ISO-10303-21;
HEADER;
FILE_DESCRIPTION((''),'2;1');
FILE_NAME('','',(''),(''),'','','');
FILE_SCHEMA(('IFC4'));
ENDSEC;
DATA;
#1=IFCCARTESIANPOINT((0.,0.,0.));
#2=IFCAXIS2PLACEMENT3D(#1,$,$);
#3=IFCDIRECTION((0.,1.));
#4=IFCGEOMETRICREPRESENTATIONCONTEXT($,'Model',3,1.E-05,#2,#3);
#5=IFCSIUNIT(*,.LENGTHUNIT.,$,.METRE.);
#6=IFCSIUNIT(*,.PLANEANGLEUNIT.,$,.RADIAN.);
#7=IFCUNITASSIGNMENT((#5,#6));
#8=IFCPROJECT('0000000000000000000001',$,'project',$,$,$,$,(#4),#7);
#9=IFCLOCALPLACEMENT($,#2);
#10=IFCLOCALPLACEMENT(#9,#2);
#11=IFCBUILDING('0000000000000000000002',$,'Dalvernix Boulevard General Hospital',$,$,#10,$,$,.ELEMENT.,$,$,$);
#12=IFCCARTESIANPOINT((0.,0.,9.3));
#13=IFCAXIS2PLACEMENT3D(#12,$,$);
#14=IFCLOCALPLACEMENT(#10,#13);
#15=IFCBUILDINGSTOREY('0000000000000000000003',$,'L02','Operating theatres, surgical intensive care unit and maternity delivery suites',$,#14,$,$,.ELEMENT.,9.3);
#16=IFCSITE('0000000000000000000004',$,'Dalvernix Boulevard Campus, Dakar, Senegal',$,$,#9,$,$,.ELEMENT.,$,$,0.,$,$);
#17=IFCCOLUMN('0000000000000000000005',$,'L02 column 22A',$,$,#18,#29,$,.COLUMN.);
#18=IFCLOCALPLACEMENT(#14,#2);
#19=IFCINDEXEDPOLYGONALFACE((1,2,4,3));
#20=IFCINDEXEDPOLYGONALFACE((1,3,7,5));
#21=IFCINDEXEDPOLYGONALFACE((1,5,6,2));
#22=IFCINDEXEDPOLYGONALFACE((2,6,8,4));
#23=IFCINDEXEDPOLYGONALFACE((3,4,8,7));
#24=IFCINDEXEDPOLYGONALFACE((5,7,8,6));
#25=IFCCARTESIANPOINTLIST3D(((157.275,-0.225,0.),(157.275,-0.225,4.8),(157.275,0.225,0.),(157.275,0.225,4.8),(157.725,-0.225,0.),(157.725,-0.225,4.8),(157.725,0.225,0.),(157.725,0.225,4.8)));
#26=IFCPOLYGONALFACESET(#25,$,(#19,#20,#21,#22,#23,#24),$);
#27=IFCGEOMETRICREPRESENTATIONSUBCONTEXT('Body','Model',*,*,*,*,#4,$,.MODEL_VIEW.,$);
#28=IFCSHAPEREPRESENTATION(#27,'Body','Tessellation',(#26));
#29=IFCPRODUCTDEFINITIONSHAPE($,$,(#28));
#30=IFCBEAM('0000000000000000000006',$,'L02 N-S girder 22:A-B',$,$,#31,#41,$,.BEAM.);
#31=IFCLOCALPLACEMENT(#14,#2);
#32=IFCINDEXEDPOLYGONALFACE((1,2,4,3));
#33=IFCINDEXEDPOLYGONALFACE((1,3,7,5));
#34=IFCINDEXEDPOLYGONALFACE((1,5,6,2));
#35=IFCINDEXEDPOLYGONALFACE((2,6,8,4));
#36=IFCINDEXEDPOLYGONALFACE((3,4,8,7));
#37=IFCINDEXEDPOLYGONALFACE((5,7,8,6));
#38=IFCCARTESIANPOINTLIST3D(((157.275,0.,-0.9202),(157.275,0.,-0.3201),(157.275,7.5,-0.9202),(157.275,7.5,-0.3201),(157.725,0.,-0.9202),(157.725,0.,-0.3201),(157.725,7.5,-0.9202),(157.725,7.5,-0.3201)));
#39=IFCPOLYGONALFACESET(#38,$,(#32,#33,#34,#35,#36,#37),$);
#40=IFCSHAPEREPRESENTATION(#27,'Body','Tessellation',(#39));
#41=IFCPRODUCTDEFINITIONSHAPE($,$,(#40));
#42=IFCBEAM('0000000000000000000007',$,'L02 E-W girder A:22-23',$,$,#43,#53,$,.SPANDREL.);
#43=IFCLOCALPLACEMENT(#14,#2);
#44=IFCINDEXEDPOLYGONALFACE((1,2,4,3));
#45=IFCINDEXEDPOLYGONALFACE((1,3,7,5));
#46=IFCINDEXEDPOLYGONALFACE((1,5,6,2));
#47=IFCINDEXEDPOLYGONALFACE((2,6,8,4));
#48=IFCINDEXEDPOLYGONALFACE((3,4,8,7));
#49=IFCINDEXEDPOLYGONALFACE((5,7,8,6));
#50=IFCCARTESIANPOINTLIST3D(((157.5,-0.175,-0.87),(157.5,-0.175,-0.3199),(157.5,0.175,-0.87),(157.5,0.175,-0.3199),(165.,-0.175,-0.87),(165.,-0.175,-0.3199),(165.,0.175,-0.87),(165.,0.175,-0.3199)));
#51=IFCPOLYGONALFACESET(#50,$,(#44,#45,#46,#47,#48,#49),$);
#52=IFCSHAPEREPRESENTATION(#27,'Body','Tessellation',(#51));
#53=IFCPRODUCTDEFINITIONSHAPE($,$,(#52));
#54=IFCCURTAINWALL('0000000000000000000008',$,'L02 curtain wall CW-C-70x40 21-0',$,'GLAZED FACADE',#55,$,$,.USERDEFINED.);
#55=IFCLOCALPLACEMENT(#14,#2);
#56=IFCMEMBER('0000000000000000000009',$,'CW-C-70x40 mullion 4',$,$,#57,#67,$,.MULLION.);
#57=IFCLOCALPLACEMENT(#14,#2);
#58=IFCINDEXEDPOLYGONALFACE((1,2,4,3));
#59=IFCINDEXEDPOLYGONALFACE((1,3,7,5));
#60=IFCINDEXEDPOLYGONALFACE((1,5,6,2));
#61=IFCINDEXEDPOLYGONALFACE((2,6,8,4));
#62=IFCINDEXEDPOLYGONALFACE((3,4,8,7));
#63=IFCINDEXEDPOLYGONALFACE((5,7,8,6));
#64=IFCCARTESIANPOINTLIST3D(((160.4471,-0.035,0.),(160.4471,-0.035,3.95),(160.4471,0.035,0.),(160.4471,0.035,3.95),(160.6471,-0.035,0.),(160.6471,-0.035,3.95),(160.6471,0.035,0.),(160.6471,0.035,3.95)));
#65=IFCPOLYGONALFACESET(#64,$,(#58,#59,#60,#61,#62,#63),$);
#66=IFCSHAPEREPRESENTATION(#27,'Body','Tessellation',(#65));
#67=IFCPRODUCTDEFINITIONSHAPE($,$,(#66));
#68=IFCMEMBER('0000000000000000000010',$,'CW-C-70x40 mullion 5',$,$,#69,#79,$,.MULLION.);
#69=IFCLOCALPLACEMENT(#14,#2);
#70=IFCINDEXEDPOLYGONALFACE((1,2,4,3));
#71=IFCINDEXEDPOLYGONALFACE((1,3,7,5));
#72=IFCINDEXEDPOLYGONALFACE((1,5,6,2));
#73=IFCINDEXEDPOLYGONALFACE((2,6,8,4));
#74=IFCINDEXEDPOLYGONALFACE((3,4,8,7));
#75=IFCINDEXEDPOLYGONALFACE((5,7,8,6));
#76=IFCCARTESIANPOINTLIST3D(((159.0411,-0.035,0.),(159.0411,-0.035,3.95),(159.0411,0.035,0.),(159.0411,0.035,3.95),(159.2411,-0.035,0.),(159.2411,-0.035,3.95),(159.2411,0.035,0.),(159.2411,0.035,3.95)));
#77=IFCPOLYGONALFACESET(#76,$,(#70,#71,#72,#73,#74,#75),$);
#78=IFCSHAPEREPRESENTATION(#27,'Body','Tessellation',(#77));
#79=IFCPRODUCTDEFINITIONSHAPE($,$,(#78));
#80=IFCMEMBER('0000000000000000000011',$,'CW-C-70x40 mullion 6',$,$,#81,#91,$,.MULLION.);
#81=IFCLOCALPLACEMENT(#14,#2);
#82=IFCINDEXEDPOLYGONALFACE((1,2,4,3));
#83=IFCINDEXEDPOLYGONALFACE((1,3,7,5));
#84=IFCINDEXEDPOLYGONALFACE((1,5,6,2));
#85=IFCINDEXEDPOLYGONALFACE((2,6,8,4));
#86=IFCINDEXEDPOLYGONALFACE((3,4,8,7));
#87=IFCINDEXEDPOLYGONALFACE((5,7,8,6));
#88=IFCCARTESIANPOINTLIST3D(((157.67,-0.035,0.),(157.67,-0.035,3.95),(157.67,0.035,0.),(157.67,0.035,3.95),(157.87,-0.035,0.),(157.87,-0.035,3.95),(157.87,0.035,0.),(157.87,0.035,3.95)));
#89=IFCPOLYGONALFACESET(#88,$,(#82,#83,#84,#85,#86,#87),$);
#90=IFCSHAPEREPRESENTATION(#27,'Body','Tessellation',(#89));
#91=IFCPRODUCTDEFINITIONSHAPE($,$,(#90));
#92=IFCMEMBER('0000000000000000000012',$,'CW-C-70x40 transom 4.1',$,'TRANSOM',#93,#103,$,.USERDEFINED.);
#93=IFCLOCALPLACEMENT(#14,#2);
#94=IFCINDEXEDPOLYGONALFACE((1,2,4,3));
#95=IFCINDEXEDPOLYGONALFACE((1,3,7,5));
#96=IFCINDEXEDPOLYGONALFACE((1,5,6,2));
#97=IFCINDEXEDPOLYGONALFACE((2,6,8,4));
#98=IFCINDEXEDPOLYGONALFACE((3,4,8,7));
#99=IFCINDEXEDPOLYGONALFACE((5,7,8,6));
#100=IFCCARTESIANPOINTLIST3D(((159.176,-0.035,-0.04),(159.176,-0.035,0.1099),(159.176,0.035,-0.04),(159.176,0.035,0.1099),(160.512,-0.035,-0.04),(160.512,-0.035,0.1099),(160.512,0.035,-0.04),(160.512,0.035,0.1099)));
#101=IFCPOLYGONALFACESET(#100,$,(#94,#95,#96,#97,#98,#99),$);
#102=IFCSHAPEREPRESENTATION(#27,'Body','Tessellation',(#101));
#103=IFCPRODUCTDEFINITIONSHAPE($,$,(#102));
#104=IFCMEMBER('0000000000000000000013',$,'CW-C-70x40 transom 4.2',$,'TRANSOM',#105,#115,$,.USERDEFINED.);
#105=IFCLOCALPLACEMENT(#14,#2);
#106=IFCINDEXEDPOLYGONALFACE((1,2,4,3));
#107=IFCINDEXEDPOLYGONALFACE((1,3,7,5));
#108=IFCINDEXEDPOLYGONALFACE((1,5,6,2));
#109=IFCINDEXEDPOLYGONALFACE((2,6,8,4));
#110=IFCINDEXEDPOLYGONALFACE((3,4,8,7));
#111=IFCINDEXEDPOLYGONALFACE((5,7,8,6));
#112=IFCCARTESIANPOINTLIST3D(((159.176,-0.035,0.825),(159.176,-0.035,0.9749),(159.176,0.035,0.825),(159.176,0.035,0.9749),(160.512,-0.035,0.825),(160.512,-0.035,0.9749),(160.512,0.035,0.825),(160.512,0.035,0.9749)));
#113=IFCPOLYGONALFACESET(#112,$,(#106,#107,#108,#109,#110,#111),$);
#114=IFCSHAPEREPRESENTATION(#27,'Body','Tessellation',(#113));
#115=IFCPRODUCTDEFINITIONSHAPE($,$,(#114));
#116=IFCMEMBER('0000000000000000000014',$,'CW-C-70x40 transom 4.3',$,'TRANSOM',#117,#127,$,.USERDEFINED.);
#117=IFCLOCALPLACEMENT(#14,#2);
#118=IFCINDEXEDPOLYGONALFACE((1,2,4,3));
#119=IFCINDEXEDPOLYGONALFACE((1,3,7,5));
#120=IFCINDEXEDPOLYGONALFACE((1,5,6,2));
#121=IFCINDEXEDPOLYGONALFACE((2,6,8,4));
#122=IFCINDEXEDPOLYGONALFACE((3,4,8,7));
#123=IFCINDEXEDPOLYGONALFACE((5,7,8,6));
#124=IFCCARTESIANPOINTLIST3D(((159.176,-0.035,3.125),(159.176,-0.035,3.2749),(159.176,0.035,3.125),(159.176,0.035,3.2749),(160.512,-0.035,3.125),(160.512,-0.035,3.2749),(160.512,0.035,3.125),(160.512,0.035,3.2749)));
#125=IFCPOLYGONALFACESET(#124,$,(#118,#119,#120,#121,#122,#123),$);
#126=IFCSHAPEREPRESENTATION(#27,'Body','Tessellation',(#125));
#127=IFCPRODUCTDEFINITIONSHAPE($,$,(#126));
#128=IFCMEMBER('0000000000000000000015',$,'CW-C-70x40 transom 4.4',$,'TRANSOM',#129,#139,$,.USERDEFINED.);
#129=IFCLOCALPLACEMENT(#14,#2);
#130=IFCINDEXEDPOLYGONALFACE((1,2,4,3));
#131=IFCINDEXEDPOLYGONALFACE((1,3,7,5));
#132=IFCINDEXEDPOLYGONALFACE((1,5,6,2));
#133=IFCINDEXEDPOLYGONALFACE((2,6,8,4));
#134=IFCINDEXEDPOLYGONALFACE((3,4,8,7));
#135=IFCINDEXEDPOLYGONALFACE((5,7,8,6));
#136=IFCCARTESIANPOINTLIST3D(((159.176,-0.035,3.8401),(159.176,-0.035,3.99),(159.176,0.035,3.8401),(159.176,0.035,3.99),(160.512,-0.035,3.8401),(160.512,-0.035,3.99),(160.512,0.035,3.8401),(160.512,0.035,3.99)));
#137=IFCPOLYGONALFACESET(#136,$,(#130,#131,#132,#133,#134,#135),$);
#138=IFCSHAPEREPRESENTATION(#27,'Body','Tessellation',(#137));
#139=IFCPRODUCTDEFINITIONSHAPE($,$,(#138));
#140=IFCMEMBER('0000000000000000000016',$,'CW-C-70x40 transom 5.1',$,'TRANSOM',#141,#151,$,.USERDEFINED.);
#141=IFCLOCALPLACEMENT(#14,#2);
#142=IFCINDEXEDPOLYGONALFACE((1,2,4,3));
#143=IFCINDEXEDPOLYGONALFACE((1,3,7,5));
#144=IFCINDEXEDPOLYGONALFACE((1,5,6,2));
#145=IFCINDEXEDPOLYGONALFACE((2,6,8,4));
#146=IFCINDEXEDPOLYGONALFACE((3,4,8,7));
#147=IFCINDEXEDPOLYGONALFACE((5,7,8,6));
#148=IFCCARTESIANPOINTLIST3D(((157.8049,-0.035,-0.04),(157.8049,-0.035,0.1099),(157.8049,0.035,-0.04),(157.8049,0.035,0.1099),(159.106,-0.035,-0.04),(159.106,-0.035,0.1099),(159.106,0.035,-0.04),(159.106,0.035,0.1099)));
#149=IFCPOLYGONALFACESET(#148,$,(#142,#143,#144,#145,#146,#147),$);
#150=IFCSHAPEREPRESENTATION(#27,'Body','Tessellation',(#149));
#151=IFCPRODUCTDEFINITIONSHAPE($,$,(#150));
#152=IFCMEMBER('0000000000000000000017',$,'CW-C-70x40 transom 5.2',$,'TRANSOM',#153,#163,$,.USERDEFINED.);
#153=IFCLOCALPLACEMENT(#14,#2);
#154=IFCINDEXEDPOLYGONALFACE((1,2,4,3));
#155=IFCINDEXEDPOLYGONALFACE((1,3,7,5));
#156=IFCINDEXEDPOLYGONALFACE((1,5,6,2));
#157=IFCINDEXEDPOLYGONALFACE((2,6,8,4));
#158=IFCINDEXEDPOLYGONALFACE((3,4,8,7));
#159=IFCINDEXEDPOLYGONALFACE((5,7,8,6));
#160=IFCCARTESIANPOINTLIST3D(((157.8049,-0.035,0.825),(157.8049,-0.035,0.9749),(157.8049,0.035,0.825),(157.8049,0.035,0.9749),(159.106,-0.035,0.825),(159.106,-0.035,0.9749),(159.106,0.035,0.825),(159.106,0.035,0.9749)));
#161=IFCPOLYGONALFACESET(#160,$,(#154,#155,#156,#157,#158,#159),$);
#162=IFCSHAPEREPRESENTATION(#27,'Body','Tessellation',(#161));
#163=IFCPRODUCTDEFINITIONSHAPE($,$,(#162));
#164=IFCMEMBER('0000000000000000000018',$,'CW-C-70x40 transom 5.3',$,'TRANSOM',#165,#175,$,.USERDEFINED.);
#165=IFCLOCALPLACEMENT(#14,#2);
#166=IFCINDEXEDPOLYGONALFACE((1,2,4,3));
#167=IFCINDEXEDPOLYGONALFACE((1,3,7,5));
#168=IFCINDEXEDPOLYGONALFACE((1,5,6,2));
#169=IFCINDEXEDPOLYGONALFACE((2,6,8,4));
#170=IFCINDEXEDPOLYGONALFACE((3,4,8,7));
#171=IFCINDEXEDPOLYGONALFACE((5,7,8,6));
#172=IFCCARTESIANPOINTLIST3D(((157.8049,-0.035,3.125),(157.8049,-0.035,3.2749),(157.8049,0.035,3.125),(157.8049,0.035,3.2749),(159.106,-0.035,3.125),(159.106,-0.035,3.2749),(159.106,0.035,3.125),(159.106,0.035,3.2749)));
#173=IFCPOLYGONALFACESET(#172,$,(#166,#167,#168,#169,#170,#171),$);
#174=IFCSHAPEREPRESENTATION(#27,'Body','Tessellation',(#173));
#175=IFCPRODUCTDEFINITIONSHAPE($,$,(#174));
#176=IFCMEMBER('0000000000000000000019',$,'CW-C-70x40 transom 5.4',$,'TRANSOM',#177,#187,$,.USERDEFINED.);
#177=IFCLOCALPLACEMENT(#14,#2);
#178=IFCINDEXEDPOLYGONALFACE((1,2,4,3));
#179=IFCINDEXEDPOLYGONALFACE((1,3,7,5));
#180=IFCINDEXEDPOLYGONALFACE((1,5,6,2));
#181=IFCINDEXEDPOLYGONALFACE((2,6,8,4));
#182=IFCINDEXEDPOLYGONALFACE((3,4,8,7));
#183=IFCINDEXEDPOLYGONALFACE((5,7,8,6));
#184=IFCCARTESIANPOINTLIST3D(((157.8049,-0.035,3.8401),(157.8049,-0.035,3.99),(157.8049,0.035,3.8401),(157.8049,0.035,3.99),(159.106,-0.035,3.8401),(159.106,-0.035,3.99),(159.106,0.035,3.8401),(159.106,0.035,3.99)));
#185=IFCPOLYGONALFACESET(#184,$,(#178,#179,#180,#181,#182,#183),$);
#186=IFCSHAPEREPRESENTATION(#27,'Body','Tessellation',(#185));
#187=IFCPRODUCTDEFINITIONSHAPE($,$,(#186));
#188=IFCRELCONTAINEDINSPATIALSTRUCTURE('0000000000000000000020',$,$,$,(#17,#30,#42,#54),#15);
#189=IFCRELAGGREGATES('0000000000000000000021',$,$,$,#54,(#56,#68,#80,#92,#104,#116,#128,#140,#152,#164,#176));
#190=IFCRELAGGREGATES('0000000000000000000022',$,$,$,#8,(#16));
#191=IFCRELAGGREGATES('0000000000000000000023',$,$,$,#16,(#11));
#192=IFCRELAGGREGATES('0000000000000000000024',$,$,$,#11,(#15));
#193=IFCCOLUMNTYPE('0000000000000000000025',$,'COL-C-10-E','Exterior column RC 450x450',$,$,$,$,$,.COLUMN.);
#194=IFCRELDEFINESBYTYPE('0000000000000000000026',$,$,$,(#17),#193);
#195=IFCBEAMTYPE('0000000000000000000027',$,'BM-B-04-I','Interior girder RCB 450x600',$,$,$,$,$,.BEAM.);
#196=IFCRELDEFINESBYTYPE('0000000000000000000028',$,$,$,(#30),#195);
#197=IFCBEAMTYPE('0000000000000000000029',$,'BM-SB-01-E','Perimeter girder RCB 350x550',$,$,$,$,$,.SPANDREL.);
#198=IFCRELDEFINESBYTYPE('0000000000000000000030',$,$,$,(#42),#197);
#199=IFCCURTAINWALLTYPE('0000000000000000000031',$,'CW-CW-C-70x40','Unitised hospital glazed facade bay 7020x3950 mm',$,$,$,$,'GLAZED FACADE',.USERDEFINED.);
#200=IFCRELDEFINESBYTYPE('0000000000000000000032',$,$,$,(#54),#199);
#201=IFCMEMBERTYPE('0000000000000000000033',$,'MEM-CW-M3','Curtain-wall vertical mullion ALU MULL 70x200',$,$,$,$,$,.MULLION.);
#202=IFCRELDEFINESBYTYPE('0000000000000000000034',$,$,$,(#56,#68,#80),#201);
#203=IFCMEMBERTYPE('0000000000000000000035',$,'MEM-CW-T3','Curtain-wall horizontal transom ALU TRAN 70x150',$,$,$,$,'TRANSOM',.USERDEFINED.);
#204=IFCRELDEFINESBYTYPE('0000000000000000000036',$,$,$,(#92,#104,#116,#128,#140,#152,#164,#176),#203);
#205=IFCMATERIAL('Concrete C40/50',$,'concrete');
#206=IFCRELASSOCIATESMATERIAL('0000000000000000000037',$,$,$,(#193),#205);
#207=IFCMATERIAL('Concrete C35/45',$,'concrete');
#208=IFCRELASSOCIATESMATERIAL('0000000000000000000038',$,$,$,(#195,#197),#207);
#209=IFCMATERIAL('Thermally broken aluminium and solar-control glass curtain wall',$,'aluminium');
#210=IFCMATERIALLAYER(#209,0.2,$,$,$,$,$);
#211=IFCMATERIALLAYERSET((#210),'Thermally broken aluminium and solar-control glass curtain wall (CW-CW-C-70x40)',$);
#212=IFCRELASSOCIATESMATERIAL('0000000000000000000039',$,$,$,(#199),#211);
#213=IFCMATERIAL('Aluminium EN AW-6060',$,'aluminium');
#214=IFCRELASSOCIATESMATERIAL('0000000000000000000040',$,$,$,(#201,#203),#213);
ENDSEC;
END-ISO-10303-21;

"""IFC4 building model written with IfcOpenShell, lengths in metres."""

from ifc_helpers import new_model, si_unit, direction, frame, origin, origin_2d, place, context, subcontext, project, spatial, rectangle, extrude, material, layer, layer_set, material_profile, profile_set, type_object, element, aggregate, save


model = new_model("IFC4")

# Units and contexts
model_context = context("Model", 3, precision=1e-05, world=origin(), true_north=direction((0.0, 1.0)))
body_context = subcontext(model_context, "Body", "Model", "MODEL_VIEW")
ifc_project = project(units=[si_unit("LENGTHUNIT", "METRE"), si_unit("PLANEANGLEUNIT", "RADIAN")], contexts=[model_context])

# Site, building, storey
site_placement = place(None, origin())
site = spatial("IfcSite", under=ifc_project, at=site_placement, Name="Dalvernix Boulevard Campus, Dakar, Senegal", CompositionType="ELEMENT", RefElevation=0.0)
building_placement = place(site_placement, origin())
building = spatial("IfcBuilding", under=site, at=building_placement, Name="Dalvernix Boulevard General Hospital", CompositionType="ELEMENT")
storey_placement = place(building_placement, frame((0.0, 0.0, 9.3)))
storey = spatial("IfcBuildingStorey", under=building, at=storey_placement, Name="L02", Description="Operating theatres, surgical intensive care unit and maternity delivery suites", CompositionType="ELEMENT", Elevation=9.3)

# Column
ifc_material_1 = material(Name="Concrete C40/50", Category="concrete")
ifc_material_profile_1 = material_profile(ifc_material_1, rectangle(XDim=0.45, YDim=0.45, at=origin_2d()), Name="RC 450x450")
ifc_profile_set_1 = profile_set([ifc_material_profile_1], Name="Concrete C40/50")
column_type = type_object("IfcColumnType", Name="COL-C-10-E", Description="Exterior column RC 450x450", PredefinedType="COLUMN", material=ifc_profile_set_1)
column_placement = place(storey_placement, frame((157.5, 0.0, 0.0), z_axis=(0.0, 0.0, 1.0), x_axis=(1.0, 0.0, 0.0)))
element("IfcColumn", 1, at=column_placement, inside=storey, type_object=column_type, Name="L02 column 22A", PredefinedType="COLUMN", context=body_context, shape_type="SweptSolid", body=[
    extrude(rectangle(XDim=0.45, YDim=0.45, at=origin_2d()), origin(), (0.0, 0.0, 1.0), 4.8),
])

# Beams
ifc_material_2 = material(Name="Concrete C35/45", Category="concrete")
ifc_material_profile_2 = material_profile(ifc_material_2, rectangle(XDim=0.45, YDim=0.6001, at=origin_2d()), Name="RCB 450x600")
ifc_profile_set_2 = profile_set([ifc_material_profile_2], Name="Concrete C35/45")
beam_type_1 = type_object("IfcBeamType", Name="BM-B-04-I", Description="Interior girder RCB 450x600", PredefinedType="BEAM", material=ifc_profile_set_2)
beam_1_placement = place(storey_placement, frame((157.5, 0.0, -0.6201), z_axis=(0.0, 1.0, 0.0), x_axis=(-1.0, 0.0, 0.0)))
element("IfcBeam", 2, at=beam_1_placement, inside=storey, type_object=beam_type_1, Name="L02 N-S girder 22:A-B", PredefinedType="BEAM", context=body_context, shape_type="SweptSolid", body=[
    extrude(rectangle(XDim=0.45, YDim=0.6001, at=origin_2d()), origin(), (0.0, 0.0, 1.0), 7.5),
])
ifc_material_profile_3 = material_profile(ifc_material_2, rectangle(XDim=0.3501, YDim=0.55, at=origin_2d()), Name="RCB 350x550")
ifc_profile_set_3 = profile_set([ifc_material_profile_3], Name="Concrete C35/45")
beam_type_2 = type_object("IfcBeamType", Name="BM-SB-01-E", Description="Perimeter girder RCB 350x550", PredefinedType="SPANDREL", material=ifc_profile_set_3)
beam_2_placement = place(storey_placement, frame((157.5, 0.0, -0.595), z_axis=(1.0, 0.0, 0.0), x_axis=(0.0, 1.0, 0.0)))
element("IfcBeam", 3, at=beam_2_placement, inside=storey, type_object=beam_type_2, Name="L02 E-W girder A:22-23", PredefinedType="SPANDREL", context=body_context, shape_type="SweptSolid", body=[
    extrude(rectangle(XDim=0.3501, YDim=0.55, at=origin_2d()), origin(), (0.0, 0.0, 1.0), 7.5),
])

# Curtain wall, members
ifc_material_3 = material(Name="Thermally broken aluminium and solar-control glass curtain wall", Category="aluminium")
ifc_layer_1 = layer(ifc_material_3, 0.2)
ifc_layer_set_1 = layer_set([ifc_layer_1], Name="Thermally broken aluminium and solar-control glass curtain wall (CW-CW-C-70x40)")
curtain_wall_type = type_object("IfcCurtainWallType", Name="CW-CW-C-70x40", Description="Unitised hospital glazed facade bay 7020x3950 mm", ElementType="GLAZED FACADE", PredefinedType="USERDEFINED", material=ifc_layer_set_1)
curtain_wall_placement = place(storey_placement, origin())
curtain_wall = element("IfcCurtainWall", 4, at=curtain_wall_placement, inside=storey, type_object=curtain_wall_type, Name="L02 curtain wall CW-C-70x40 21-0", ObjectType="GLAZED FACADE", PredefinedType="USERDEFINED")
ifc_material_4 = material(Name="Aluminium EN AW-6060", Category="aluminium")
ifc_material_profile_4 = material_profile(ifc_material_4, rectangle(XDim=0.0701, YDim=0.2, at=origin_2d()), Name="ALU MULL 70x200")
ifc_profile_set_4 = profile_set([ifc_material_profile_4], Name="Aluminium EN AW-6060")
member_type_1 = type_object("IfcMemberType", Name="MEM-CW-M3", Description="Curtain-wall vertical mullion ALU MULL 70x200", PredefinedType="MULLION", material=ifc_profile_set_4)
member_1_placement = place(storey_placement, frame((160.5471, 0.0, 0.0), z_axis=(0.0, 0.0, 1.0), x_axis=(0.0, -1.0, 0.0)))
member_1 = element("IfcMember", 5, at=member_1_placement, type_object=member_type_1, Name="CW-C-70x40 mullion 4", PredefinedType="MULLION", context=body_context, shape_type="SweptSolid", body=[
    extrude(rectangle(XDim=0.0701, YDim=0.2, at=origin_2d()), origin(), (0.0, 0.0, 1.0), 3.95),
])
member_2_placement = place(storey_placement, frame((159.1411, 0.0, 0.0), z_axis=(0.0, 0.0, 1.0), x_axis=(0.0, -1.0, 0.0)))
member_2 = element("IfcMember", 6, at=member_2_placement, type_object=member_type_1, Name="CW-C-70x40 mullion 5", PredefinedType="MULLION", context=body_context, shape_type="SweptSolid", body=[
    extrude(rectangle(XDim=0.0701, YDim=0.2, at=origin_2d()), origin(), (0.0, 0.0, 1.0), 3.95),
])
member_3_placement = place(storey_placement, frame((157.77, 0.0, 0.0), z_axis=(0.0, 0.0, 1.0), x_axis=(0.0, -1.0, 0.0)))
member_3 = element("IfcMember", 7, at=member_3_placement, type_object=member_type_1, Name="CW-C-70x40 mullion 6", PredefinedType="MULLION", context=body_context, shape_type="SweptSolid", body=[
    extrude(rectangle(XDim=0.0701, YDim=0.2, at=origin_2d()), origin(), (0.0, 0.0, 1.0), 3.95),
])
ifc_material_profile_5 = material_profile(ifc_material_4, rectangle(XDim=0.0701, YDim=0.1499, at=origin_2d()), Name="ALU TRAN 70x150")
ifc_profile_set_5 = profile_set([ifc_material_profile_5], Name="Aluminium EN AW-6060")
member_type_2 = type_object("IfcMemberType", Name="MEM-CW-T3", Description="Curtain-wall horizontal transom ALU TRAN 70x150", ElementType="TRANSOM", PredefinedType="USERDEFINED", material=ifc_profile_set_5)
member_4_placement = place(storey_placement, frame((160.512, 0.0, 0.0349), z_axis=(-1.0, 0.0, 0.0), x_axis=(0.0, -1.0, 0.0)))
member_4 = element("IfcMember", 8, at=member_4_placement, type_object=member_type_2, Name="CW-C-70x40 transom 4.1", ObjectType="TRANSOM", PredefinedType="USERDEFINED", context=body_context, shape_type="SweptSolid", body=[
    extrude(rectangle(XDim=0.0701, YDim=0.1499, at=origin_2d()), origin(), (0.0, 0.0, 1.0), 1.3359),
])
member_5_placement = place(storey_placement, frame((160.512, 0.0, 0.8999), z_axis=(-1.0, 0.0, 0.0), x_axis=(0.0, -1.0, 0.0)))
member_5 = element("IfcMember", 9, at=member_5_placement, type_object=member_type_2, Name="CW-C-70x40 transom 4.2", ObjectType="TRANSOM", PredefinedType="USERDEFINED", context=body_context, shape_type="SweptSolid", body=[
    extrude(rectangle(XDim=0.0701, YDim=0.1499, at=origin_2d()), origin(), (0.0, 0.0, 1.0), 1.3359),
])
member_6_placement = place(storey_placement, frame((160.512, 0.0, 3.2), z_axis=(-1.0, 0.0, 0.0), x_axis=(0.0, -1.0, 0.0)))
member_6 = element("IfcMember", 10, at=member_6_placement, type_object=member_type_2, Name="CW-C-70x40 transom 4.3", ObjectType="TRANSOM", PredefinedType="USERDEFINED", context=body_context, shape_type="SweptSolid", body=[
    extrude(rectangle(XDim=0.0701, YDim=0.1499, at=origin_2d()), origin(), (0.0, 0.0, 1.0), 1.3359),
])
member_7_placement = place(storey_placement, frame((160.512, 0.0, 3.915), z_axis=(-1.0, 0.0, 0.0), x_axis=(0.0, -1.0, 0.0)))
member_7 = element("IfcMember", 11, at=member_7_placement, type_object=member_type_2, Name="CW-C-70x40 transom 4.4", ObjectType="TRANSOM", PredefinedType="USERDEFINED", context=body_context, shape_type="SweptSolid", body=[
    extrude(rectangle(XDim=0.0701, YDim=0.1499, at=origin_2d()), origin(), (0.0, 0.0, 1.0), 1.3359),
])
member_8_placement = place(storey_placement, frame((159.106, 0.0, 0.0349), z_axis=(-1.0, 0.0, 0.0), x_axis=(0.0, -1.0, 0.0)))
member_8 = element("IfcMember", 12, at=member_8_placement, type_object=member_type_2, Name="CW-C-70x40 transom 5.1", ObjectType="TRANSOM", PredefinedType="USERDEFINED", context=body_context, shape_type="SweptSolid", body=[
    extrude(rectangle(XDim=0.0701, YDim=0.1499, at=origin_2d()), origin(), (0.0, 0.0, 1.0), 1.301),
])
member_9_placement = place(storey_placement, frame((159.106, 0.0, 0.8999), z_axis=(-1.0, 0.0, 0.0), x_axis=(0.0, -1.0, 0.0)))
member_9 = element("IfcMember", 13, at=member_9_placement, type_object=member_type_2, Name="CW-C-70x40 transom 5.2", ObjectType="TRANSOM", PredefinedType="USERDEFINED", context=body_context, shape_type="SweptSolid", body=[
    extrude(rectangle(XDim=0.0701, YDim=0.1499, at=origin_2d()), origin(), (0.0, 0.0, 1.0), 1.301),
])
member_10_placement = place(storey_placement, frame((159.106, 0.0, 3.2), z_axis=(-1.0, 0.0, 0.0), x_axis=(0.0, -1.0, 0.0)))
member_10 = element("IfcMember", 14, at=member_10_placement, type_object=member_type_2, Name="CW-C-70x40 transom 5.3", ObjectType="TRANSOM", PredefinedType="USERDEFINED", context=body_context, shape_type="SweptSolid", body=[
    extrude(rectangle(XDim=0.0701, YDim=0.1499, at=origin_2d()), origin(), (0.0, 0.0, 1.0), 1.301),
])
member_11_placement = place(storey_placement, frame((159.106, 0.0, 3.915), z_axis=(-1.0, 0.0, 0.0), x_axis=(0.0, -1.0, 0.0)))
member_11 = element("IfcMember", 15, at=member_11_placement, type_object=member_type_2, Name="CW-C-70x40 transom 5.4", ObjectType="TRANSOM", PredefinedType="USERDEFINED", context=body_context, shape_type="SweptSolid", body=[
    extrude(rectangle(XDim=0.0701, YDim=0.1499, at=origin_2d()), origin(), (0.0, 0.0, 1.0), 1.301),
])
aggregate(curtain_wall, [member_1, member_2, member_3, member_4, member_5, member_6, member_7, member_8, member_9, member_10, member_11])

save(model, "model.ifc")
